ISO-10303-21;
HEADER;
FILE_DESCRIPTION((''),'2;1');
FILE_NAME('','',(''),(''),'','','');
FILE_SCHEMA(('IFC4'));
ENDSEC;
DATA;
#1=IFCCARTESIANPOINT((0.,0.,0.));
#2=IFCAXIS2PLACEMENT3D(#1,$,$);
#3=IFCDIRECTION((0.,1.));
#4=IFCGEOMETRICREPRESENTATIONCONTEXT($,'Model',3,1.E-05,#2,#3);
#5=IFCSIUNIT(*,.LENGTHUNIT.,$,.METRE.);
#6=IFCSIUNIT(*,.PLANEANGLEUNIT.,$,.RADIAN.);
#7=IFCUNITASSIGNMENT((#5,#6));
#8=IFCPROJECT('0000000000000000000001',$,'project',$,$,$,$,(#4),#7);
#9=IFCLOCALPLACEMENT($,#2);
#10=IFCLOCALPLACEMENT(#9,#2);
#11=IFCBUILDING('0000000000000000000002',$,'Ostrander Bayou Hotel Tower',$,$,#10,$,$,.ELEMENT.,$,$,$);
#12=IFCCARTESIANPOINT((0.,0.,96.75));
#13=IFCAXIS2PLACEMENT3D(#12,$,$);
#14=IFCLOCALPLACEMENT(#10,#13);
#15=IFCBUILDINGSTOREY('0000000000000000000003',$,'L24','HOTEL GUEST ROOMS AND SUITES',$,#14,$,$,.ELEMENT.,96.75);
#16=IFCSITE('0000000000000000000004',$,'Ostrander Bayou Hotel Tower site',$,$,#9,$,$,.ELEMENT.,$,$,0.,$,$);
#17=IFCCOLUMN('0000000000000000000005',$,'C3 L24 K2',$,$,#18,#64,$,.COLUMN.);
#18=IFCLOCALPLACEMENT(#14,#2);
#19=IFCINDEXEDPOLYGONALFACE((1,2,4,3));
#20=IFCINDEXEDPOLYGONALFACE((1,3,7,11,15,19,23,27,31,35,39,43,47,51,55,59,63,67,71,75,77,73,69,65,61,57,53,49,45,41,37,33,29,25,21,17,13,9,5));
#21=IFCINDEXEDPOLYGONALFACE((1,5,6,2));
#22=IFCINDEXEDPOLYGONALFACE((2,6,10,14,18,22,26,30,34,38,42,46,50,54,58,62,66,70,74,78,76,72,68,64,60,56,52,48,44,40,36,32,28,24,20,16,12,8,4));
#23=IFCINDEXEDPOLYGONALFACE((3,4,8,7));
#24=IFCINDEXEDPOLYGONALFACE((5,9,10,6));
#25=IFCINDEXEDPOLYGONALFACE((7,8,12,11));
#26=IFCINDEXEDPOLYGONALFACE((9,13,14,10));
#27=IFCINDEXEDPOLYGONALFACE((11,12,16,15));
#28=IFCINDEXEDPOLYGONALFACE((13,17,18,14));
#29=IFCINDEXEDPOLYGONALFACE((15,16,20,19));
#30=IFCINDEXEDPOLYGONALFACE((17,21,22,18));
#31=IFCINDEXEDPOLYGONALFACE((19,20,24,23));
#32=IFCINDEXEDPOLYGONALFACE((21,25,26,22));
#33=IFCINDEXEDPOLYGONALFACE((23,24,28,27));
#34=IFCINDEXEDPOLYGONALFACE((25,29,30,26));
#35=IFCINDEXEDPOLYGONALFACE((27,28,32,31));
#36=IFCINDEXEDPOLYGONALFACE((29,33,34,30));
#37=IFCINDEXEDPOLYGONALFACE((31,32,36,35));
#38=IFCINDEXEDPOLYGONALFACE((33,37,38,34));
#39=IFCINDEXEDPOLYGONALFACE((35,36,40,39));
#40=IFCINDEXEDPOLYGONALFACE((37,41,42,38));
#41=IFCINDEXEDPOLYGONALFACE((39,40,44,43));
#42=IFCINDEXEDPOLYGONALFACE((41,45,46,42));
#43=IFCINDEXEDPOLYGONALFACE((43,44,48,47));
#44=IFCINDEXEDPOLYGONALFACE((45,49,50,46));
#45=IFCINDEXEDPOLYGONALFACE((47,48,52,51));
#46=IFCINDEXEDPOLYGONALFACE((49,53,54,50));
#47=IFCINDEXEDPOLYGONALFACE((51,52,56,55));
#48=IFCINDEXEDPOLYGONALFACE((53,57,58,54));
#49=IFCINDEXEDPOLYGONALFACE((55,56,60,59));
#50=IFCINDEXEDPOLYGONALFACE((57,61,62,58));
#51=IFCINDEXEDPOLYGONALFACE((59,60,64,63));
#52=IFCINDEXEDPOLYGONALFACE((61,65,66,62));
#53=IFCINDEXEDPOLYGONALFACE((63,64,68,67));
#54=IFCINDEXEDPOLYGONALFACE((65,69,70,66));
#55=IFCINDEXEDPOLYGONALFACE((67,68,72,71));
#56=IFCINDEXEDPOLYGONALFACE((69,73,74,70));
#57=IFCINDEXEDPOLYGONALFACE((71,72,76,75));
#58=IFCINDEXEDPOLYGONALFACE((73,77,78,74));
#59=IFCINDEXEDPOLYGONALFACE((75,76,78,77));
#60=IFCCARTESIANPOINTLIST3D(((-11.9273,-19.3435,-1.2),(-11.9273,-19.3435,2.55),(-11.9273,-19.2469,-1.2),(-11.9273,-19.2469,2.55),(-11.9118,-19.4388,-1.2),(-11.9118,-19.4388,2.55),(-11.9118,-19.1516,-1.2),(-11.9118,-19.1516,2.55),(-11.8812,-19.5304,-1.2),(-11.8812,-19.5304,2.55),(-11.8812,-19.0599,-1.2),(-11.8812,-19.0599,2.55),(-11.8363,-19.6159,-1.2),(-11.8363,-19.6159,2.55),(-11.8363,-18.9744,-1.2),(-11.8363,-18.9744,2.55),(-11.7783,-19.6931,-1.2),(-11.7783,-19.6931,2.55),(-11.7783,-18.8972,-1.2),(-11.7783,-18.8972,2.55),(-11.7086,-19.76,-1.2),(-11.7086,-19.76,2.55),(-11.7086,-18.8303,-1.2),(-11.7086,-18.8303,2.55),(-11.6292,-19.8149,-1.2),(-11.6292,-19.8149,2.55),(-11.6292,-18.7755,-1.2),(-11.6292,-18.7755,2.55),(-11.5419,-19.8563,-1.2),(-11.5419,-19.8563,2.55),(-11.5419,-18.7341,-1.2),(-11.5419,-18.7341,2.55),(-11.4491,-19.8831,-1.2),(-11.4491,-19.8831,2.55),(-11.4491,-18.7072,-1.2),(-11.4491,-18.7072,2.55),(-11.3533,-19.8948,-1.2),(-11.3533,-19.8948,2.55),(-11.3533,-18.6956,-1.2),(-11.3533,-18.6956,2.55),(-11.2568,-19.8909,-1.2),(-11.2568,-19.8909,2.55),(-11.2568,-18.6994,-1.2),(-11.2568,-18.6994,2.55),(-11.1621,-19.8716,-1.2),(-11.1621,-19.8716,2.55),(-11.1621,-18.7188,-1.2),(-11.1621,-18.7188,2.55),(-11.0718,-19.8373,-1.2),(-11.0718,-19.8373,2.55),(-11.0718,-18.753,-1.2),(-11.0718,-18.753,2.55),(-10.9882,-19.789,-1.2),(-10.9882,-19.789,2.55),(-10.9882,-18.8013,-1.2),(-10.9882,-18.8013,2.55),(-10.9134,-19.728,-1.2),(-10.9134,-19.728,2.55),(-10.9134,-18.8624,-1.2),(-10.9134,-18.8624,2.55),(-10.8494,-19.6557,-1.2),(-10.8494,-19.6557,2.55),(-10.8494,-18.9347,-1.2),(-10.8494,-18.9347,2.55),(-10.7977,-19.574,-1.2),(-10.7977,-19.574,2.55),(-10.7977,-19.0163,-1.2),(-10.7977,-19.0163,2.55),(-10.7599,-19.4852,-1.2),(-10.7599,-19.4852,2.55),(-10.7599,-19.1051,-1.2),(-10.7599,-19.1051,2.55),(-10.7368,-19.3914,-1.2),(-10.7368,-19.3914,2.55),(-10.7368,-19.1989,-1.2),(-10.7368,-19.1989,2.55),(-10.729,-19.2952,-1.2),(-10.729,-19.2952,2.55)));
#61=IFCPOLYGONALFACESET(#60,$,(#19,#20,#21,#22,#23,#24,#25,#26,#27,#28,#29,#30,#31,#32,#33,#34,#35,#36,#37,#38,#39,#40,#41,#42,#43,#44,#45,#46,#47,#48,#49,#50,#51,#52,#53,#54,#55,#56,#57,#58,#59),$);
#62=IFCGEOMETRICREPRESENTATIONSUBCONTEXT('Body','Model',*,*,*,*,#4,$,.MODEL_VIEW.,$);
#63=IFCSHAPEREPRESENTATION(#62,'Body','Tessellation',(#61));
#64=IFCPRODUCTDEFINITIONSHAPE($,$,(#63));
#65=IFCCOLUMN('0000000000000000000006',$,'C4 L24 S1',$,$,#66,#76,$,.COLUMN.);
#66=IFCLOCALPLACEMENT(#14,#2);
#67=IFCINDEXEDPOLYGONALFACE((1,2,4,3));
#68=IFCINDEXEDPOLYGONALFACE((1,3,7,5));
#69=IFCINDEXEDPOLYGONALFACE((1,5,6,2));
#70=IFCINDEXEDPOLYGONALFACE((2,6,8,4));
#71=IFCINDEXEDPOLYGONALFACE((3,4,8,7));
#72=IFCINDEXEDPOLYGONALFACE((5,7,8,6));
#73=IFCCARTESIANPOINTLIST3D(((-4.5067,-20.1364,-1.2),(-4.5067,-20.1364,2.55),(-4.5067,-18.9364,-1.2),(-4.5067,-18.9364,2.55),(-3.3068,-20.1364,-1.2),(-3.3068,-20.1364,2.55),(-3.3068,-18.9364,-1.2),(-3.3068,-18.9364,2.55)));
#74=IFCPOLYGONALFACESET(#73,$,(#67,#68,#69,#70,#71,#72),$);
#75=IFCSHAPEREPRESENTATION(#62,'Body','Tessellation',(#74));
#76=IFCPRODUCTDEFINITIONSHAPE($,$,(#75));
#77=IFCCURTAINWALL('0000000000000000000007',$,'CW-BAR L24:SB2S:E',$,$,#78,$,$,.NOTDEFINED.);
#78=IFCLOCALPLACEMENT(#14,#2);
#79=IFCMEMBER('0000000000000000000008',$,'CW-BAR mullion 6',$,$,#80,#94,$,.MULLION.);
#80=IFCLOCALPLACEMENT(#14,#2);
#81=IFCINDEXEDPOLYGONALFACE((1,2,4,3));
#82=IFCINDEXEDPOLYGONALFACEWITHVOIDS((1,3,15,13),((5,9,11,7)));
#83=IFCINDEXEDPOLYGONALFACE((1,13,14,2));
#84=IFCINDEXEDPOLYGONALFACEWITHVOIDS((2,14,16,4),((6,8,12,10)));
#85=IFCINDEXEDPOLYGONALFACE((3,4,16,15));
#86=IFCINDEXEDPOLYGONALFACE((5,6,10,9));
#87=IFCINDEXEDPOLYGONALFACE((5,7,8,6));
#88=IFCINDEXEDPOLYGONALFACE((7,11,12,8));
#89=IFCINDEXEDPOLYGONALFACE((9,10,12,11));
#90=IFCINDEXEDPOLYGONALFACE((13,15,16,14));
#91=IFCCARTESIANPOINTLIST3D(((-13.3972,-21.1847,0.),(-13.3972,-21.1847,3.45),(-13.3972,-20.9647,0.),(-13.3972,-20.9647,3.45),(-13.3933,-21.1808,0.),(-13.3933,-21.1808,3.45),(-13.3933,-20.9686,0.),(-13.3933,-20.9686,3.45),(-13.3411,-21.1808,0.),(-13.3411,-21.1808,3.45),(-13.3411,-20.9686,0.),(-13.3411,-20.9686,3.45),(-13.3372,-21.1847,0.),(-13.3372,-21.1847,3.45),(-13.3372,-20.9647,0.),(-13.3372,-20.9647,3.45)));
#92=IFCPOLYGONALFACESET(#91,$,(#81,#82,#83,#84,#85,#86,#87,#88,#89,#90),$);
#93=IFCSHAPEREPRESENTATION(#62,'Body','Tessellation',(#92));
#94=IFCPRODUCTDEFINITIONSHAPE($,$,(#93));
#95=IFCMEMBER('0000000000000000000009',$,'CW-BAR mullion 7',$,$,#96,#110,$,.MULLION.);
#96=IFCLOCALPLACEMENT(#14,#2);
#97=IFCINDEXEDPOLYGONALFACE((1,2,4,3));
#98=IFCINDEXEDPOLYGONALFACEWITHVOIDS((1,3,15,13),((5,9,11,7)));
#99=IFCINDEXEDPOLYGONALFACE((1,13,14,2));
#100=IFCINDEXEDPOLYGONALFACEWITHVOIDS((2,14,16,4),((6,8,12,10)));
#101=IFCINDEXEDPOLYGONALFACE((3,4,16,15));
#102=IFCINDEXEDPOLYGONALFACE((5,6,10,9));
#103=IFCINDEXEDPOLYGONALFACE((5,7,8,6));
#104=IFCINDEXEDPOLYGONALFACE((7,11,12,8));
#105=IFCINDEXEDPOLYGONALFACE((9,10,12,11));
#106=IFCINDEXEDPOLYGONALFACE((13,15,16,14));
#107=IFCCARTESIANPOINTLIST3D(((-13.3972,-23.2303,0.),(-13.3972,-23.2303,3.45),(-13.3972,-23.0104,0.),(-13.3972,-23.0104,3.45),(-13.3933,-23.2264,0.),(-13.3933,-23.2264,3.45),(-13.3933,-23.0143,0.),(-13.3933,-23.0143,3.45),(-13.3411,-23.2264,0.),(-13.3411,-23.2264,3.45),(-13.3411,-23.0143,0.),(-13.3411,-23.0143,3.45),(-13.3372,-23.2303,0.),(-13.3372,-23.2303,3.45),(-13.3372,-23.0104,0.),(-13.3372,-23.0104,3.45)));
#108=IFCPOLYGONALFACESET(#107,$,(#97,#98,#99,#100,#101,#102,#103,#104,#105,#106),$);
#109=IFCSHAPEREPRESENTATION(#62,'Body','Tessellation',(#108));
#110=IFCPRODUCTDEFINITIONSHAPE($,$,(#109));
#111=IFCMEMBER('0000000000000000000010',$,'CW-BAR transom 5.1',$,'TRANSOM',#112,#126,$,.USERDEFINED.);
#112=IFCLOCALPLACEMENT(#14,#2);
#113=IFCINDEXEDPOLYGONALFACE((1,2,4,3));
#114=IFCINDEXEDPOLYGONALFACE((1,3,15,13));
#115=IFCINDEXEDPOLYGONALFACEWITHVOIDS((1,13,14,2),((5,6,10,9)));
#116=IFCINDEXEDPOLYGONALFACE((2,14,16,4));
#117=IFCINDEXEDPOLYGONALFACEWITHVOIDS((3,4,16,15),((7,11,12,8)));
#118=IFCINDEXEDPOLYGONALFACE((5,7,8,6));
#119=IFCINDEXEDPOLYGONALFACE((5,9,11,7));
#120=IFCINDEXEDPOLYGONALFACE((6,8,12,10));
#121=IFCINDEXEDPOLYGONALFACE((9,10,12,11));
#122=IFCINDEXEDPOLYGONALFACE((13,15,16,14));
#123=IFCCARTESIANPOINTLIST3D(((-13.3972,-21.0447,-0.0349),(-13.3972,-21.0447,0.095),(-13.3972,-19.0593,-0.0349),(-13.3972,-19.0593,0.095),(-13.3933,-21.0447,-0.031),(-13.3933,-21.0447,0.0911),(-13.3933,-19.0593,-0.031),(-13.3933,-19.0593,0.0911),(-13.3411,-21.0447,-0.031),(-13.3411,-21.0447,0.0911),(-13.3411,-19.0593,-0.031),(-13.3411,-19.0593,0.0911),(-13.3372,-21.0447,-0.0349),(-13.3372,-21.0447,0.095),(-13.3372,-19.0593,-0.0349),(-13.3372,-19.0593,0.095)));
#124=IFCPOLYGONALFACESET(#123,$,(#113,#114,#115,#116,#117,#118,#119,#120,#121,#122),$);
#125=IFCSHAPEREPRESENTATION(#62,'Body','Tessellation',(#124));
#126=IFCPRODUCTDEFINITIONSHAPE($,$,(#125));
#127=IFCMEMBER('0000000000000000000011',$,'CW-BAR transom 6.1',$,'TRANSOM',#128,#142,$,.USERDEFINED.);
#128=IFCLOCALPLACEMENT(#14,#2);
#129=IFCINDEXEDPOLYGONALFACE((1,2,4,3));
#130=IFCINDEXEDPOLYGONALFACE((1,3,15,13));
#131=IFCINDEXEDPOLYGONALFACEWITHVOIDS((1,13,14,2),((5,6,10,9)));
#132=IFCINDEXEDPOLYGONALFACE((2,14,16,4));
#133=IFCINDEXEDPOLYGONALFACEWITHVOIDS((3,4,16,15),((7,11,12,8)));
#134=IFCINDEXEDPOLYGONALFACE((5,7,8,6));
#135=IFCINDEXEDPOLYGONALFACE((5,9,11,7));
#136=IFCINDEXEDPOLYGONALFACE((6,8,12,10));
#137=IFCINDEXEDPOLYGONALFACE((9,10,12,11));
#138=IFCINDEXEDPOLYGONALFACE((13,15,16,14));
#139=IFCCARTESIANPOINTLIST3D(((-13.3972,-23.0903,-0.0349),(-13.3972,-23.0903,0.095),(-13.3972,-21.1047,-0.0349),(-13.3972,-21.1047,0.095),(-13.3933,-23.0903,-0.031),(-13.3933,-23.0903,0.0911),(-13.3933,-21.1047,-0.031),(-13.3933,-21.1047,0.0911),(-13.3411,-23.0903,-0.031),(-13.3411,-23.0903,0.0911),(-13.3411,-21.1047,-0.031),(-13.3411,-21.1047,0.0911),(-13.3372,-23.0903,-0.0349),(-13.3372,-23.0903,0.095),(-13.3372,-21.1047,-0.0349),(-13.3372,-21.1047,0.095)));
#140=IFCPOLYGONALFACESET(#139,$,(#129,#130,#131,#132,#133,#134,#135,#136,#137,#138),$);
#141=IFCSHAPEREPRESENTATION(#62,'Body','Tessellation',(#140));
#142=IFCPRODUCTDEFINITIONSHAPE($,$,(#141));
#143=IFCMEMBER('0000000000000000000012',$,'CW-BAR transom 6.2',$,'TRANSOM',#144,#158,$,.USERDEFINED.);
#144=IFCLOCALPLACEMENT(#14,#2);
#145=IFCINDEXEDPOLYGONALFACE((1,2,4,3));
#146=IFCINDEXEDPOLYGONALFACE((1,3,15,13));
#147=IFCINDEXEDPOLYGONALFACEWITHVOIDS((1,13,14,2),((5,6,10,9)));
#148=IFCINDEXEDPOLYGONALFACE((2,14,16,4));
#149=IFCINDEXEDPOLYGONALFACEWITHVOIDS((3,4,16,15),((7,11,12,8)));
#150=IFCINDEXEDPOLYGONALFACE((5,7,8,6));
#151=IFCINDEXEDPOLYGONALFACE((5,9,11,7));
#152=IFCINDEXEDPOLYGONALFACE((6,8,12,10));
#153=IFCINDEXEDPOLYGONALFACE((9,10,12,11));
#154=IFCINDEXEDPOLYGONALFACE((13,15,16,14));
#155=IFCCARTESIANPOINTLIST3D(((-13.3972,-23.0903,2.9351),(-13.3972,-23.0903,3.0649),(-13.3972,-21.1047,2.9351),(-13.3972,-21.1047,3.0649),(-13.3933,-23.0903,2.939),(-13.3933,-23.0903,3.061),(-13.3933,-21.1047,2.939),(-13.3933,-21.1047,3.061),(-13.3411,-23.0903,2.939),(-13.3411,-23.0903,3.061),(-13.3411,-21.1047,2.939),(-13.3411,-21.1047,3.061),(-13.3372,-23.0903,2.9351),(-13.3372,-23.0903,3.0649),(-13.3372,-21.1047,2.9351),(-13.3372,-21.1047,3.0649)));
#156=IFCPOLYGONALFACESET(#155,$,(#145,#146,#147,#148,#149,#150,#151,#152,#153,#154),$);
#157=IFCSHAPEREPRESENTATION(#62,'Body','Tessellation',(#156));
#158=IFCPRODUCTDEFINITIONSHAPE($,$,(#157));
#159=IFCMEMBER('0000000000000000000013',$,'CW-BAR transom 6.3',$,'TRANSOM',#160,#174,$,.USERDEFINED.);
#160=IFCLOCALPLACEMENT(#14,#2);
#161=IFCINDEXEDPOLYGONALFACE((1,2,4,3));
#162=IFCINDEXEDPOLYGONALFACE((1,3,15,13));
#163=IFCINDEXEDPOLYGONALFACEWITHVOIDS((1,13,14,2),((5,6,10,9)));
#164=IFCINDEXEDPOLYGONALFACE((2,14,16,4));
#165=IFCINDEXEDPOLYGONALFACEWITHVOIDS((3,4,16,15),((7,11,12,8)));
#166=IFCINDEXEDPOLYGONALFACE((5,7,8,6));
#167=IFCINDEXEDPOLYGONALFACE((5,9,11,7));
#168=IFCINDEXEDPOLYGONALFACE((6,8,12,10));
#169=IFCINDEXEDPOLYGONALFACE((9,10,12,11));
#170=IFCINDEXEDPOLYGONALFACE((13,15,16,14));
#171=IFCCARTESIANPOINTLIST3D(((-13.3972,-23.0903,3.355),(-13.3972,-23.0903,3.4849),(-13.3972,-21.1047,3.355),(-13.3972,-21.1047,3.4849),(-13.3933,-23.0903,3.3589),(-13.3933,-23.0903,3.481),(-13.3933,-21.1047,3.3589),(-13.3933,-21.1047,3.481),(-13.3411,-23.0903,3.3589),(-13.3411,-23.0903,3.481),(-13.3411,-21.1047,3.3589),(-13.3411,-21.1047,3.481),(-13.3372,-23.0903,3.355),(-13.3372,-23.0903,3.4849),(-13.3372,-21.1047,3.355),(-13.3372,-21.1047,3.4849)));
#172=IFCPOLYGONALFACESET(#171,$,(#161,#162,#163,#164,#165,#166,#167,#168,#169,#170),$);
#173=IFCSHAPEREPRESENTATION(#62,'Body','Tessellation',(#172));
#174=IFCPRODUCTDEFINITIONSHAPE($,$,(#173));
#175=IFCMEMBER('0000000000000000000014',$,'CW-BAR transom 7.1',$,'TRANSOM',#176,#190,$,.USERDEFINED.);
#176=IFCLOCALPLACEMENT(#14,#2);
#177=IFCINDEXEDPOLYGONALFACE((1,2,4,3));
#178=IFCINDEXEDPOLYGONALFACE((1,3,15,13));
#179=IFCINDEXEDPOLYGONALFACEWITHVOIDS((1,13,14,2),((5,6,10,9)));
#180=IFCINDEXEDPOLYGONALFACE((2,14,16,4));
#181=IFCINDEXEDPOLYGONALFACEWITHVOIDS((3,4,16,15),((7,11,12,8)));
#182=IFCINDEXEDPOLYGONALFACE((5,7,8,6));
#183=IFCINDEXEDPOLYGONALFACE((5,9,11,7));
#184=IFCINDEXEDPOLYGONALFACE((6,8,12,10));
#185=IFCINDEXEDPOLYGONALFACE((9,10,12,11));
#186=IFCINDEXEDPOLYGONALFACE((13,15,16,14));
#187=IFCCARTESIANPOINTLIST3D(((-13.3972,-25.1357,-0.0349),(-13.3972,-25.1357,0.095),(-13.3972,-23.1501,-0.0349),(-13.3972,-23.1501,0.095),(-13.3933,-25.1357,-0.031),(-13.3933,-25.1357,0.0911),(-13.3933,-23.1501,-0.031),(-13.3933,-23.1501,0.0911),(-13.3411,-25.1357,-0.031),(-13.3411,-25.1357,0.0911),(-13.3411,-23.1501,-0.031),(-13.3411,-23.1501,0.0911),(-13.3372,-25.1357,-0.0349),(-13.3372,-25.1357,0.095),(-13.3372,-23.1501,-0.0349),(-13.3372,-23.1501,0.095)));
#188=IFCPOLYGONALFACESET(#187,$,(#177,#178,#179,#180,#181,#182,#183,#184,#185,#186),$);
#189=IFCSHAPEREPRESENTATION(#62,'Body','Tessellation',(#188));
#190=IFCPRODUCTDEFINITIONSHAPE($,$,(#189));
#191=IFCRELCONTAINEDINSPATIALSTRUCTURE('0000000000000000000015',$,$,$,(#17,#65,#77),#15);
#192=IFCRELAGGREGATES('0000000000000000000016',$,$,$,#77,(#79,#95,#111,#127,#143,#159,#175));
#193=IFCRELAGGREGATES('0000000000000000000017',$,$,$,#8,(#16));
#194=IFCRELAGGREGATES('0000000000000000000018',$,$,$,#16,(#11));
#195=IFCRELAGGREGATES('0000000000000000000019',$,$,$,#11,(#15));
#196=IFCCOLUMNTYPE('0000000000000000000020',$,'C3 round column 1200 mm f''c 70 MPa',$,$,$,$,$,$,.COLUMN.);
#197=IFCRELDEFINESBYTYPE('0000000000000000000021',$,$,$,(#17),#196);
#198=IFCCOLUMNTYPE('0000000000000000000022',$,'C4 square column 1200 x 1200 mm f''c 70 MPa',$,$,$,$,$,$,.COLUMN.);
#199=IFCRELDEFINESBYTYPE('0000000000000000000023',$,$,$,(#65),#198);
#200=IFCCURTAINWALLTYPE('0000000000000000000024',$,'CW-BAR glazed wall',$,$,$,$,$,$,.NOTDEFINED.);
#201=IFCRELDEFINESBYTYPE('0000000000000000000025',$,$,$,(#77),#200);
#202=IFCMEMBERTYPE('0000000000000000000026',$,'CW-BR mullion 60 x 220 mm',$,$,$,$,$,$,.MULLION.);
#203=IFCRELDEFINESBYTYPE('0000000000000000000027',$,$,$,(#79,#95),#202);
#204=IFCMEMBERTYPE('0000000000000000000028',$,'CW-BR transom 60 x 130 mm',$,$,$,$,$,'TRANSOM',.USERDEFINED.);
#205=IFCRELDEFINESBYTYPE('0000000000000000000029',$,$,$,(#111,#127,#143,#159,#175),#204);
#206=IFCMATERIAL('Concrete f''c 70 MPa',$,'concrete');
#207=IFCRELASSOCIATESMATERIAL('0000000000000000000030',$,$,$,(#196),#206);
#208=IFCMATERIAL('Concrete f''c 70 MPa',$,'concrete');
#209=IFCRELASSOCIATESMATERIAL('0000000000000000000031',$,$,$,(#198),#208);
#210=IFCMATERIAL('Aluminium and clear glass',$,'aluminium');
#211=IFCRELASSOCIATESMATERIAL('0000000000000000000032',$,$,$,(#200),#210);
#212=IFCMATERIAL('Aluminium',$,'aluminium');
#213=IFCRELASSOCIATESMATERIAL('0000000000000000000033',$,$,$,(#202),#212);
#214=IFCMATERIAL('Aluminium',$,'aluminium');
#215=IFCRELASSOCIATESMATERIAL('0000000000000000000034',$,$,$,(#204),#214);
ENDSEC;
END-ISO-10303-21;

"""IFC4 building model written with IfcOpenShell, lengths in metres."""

from ifc_helpers import new_model, si_unit, direction, frame, origin, origin_2d, place, context, subcontext, project, spatial, rectangle, hollow_rectangle, circle, extrude, material, material_profile, profile_set, type_object, element, aggregate, save


model = new_model("IFC4")

# Units and contexts
model_context = context("Model", 3, precision=1e-05, world=origin(), true_north=direction((0.0, 1.0)))
body_context = subcontext(model_context, "Body", "Model", "MODEL_VIEW")
ifc_project = project(units=[si_unit("LENGTHUNIT", "METRE"), si_unit("PLANEANGLEUNIT", "RADIAN")], contexts=[model_context])

# Site, building, storey
site_placement = place(None, origin())
site = spatial("IfcSite", under=ifc_project, at=site_placement, Name="Ostrander Bayou Hotel Tower site", CompositionType="ELEMENT", RefElevation=0.0)
building_placement = place(site_placement, origin())
building = spatial("IfcBuilding", under=site, at=building_placement, Name="Ostrander Bayou Hotel Tower", CompositionType="ELEMENT")
storey_placement = place(building_placement, frame((0.0, 0.0, 96.75)))
storey = spatial("IfcBuildingStorey", under=building, at=storey_placement, Name="L24", Description="HOTEL GUEST ROOMS AND SUITES", CompositionType="ELEMENT", Elevation=96.75)

# Columns
ifc_material_1 = material(Name="Concrete f'c 70 MPa", Category="concrete")
ifc_material_profile_1 = material_profile(ifc_material_1, circle(Radius=0.6001, at=origin_2d()))
ifc_profile_set_1 = profile_set([ifc_material_profile_1], Name="Concrete f'c 70 MPa")
column_type_1 = type_object("IfcColumnType", Name="C3 round column 1200 mm f'c 70 MPa", PredefinedType="COLUMN", material=ifc_profile_set_1)
column_1_placement = place(storey_placement, frame((-11.3291, -19.2952, -1.2), z_axis=(0.0, 0.0, 1.0), x_axis=(1.0, 0.0, 0.0)))
element("IfcColumn", 1, at=column_1_placement, inside=storey, type_object=column_type_1, Name="C3 L24 K2", PredefinedType="COLUMN", context=body_context, shape_type="SweptSolid", body=[
    extrude(circle(Radius=0.6001, at=origin_2d()), origin(), (0.0, 0.0, 1.0), 3.75),
])
ifc_material_2 = material(Name="Concrete f'c 70 MPa", Category="concrete")
ifc_material_profile_2 = material_profile(ifc_material_2, rectangle(XDim=1.2, YDim=1.2, at=origin_2d()))
ifc_profile_set_2 = profile_set([ifc_material_profile_2], Name="Concrete f'c 70 MPa")
column_type_2 = type_object("IfcColumnType", Name="C4 square column 1200 x 1200 mm f'c 70 MPa", PredefinedType="COLUMN", material=ifc_profile_set_2)
column_2_placement = place(storey_placement, frame((-3.9067, -19.5364, -1.2), z_axis=(0.0, 0.0, 1.0), x_axis=(-1.0, 0.0, 0.0)))
element("IfcColumn", 2, at=column_2_placement, inside=storey, type_object=column_type_2, Name="C4 L24 S1", PredefinedType="COLUMN", context=body_context, shape_type="SweptSolid", body=[
    extrude(rectangle(XDim=1.2, YDim=1.2, at=origin_2d()), origin(), (0.0, 0.0, 1.0), 3.75),
])

# Curtain wall, members
ifc_material_3 = material(Name="Aluminium and clear glass", Category="aluminium")
curtain_wall_type = type_object("IfcCurtainWallType", Name="CW-BAR glazed wall", PredefinedType="NOTDEFINED", material=ifc_material_3)
curtain_wall_placement = place(storey_placement, origin())
curtain_wall = element("IfcCurtainWall", 3, at=curtain_wall_placement, inside=storey, type_object=curtain_wall_type, Name="CW-BAR L24:SB2S:E", PredefinedType="NOTDEFINED")
ifc_material_4 = material(Name="Aluminium", Category="aluminium")
ifc_material_profile_3 = material_profile(ifc_material_4, hollow_rectangle(XDim=0.0601, YDim=0.22, WallThickness=0.0039, at=origin_2d()))
ifc_profile_set_3 = profile_set([ifc_material_profile_3], Name="Aluminium")
member_type_1 = type_object("IfcMemberType", Name="CW-BR mullion 60 x 220 mm", PredefinedType="MULLION", material=ifc_profile_set_3)
member_1_placement = place(storey_placement, frame((-13.3672, -21.0747, 0.0), z_axis=(0.0, 0.0, 1.0), x_axis=(1.0, 0.0, 0.0)))
member_1 = element("IfcMember", 4, at=member_1_placement, type_object=member_type_1, Name="CW-BAR mullion 6", PredefinedType="MULLION", context=body_context, shape_type="SweptSolid", body=[
    extrude(hollow_rectangle(XDim=0.0601, YDim=0.22, WallThickness=0.0039, at=origin_2d()), origin(), (0.0, 0.0, 1.0), 3.45),
])
member_2_placement = place(storey_placement, frame((-13.3672, -23.1204, 0.0), z_axis=(0.0, 0.0, 1.0), x_axis=(1.0, 0.0, 0.0)))
member_2 = element("IfcMember", 5, at=member_2_placement, type_object=member_type_1, Name="CW-BAR mullion 7", PredefinedType="MULLION", context=body_context, shape_type="SweptSolid", body=[
    extrude(hollow_rectangle(XDim=0.0601, YDim=0.22, WallThickness=0.0039, at=origin_2d()), origin(), (0.0, 0.0, 1.0), 3.45),
])
ifc_material_5 = material(Name="Aluminium", Category="aluminium")
ifc_material_profile_4 = material_profile(ifc_material_5, hollow_rectangle(XDim=0.0601, YDim=0.1299, WallThickness=0.0039, at=origin_2d()))
ifc_profile_set_4 = profile_set([ifc_material_profile_4], Name="Aluminium")
member_type_2 = type_object("IfcMemberType", Name="CW-BR transom 60 x 130 mm", ElementType="TRANSOM", PredefinedType="USERDEFINED", material=ifc_profile_set_4)
member_3_placement = place(storey_placement, frame((-13.3672, -19.0593, 0.03), z_axis=(0.0, -1.0, 0.0), x_axis=(1.0, 0.0, 0.0)))
member_3 = element("IfcMember", 6, at=member_3_placement, type_object=member_type_2, Name="CW-BAR transom 5.1", ObjectType="TRANSOM", PredefinedType="USERDEFINED", context=body_context, shape_type="SweptSolid", body=[
    extrude(hollow_rectangle(XDim=0.0601, YDim=0.1299, WallThickness=0.0039, at=origin_2d()), origin(), (0.0, 0.0, 1.0), 1.9854),
])
member_4_placement = place(storey_placement, frame((-13.3672, -21.1047, 0.03), z_axis=(0.0, -1.0, 0.0), x_axis=(1.0, 0.0, 0.0)))
member_4 = element("IfcMember", 7, at=member_4_placement, type_object=member_type_2, Name="CW-BAR transom 6.1", ObjectType="TRANSOM", PredefinedType="USERDEFINED", context=body_context, shape_type="SweptSolid", body=[
    extrude(hollow_rectangle(XDim=0.0601, YDim=0.1299, WallThickness=0.0039, at=origin_2d()), origin(), (0.0, 0.0, 1.0), 1.9856),
])
member_5_placement = place(storey_placement, frame((-13.3672, -21.1047, 3.0), z_axis=(0.0, -1.0, 0.0), x_axis=(1.0, 0.0, 0.0)))
member_5 = element("IfcMember", 8, at=member_5_placement, type_object=member_type_2, Name="CW-BAR transom 6.2", ObjectType="TRANSOM", PredefinedType="USERDEFINED", context=body_context, shape_type="SweptSolid", body=[
    extrude(hollow_rectangle(XDim=0.0601, YDim=0.1299, WallThickness=0.0039, at=origin_2d()), origin(), (0.0, 0.0, 1.0), 1.9856),
])
member_6_placement = place(storey_placement, frame((-13.3672, -21.1047, 3.4199), z_axis=(0.0, -1.0, 0.0), x_axis=(1.0, 0.0, 0.0)))
member_6 = element("IfcMember", 9, at=member_6_placement, type_object=member_type_2, Name="CW-BAR transom 6.3", ObjectType="TRANSOM", PredefinedType="USERDEFINED", context=body_context, shape_type="SweptSolid", body=[
    extrude(hollow_rectangle(XDim=0.0601, YDim=0.1299, WallThickness=0.0039, at=origin_2d()), origin(), (0.0, 0.0, 1.0), 1.9856),
])
member_7_placement = place(storey_placement, frame((-13.3672, -23.1501, 0.03), z_axis=(0.0, -1.0, 0.0), x_axis=(1.0, 0.0, 0.0)))
member_7 = element("IfcMember", 10, at=member_7_placement, type_object=member_type_2, Name="CW-BAR transom 7.1", ObjectType="TRANSOM", PredefinedType="USERDEFINED", context=body_context, shape_type="SweptSolid", body=[
    extrude(hollow_rectangle(XDim=0.0601, YDim=0.1299, WallThickness=0.0039, at=origin_2d()), origin(), (0.0, 0.0, 1.0), 1.9856),
])

aggregate(curtain_wall, [member_1, member_2, member_3, member_4, member_5, member_6, member_7])

save(model, "model.ifc")
